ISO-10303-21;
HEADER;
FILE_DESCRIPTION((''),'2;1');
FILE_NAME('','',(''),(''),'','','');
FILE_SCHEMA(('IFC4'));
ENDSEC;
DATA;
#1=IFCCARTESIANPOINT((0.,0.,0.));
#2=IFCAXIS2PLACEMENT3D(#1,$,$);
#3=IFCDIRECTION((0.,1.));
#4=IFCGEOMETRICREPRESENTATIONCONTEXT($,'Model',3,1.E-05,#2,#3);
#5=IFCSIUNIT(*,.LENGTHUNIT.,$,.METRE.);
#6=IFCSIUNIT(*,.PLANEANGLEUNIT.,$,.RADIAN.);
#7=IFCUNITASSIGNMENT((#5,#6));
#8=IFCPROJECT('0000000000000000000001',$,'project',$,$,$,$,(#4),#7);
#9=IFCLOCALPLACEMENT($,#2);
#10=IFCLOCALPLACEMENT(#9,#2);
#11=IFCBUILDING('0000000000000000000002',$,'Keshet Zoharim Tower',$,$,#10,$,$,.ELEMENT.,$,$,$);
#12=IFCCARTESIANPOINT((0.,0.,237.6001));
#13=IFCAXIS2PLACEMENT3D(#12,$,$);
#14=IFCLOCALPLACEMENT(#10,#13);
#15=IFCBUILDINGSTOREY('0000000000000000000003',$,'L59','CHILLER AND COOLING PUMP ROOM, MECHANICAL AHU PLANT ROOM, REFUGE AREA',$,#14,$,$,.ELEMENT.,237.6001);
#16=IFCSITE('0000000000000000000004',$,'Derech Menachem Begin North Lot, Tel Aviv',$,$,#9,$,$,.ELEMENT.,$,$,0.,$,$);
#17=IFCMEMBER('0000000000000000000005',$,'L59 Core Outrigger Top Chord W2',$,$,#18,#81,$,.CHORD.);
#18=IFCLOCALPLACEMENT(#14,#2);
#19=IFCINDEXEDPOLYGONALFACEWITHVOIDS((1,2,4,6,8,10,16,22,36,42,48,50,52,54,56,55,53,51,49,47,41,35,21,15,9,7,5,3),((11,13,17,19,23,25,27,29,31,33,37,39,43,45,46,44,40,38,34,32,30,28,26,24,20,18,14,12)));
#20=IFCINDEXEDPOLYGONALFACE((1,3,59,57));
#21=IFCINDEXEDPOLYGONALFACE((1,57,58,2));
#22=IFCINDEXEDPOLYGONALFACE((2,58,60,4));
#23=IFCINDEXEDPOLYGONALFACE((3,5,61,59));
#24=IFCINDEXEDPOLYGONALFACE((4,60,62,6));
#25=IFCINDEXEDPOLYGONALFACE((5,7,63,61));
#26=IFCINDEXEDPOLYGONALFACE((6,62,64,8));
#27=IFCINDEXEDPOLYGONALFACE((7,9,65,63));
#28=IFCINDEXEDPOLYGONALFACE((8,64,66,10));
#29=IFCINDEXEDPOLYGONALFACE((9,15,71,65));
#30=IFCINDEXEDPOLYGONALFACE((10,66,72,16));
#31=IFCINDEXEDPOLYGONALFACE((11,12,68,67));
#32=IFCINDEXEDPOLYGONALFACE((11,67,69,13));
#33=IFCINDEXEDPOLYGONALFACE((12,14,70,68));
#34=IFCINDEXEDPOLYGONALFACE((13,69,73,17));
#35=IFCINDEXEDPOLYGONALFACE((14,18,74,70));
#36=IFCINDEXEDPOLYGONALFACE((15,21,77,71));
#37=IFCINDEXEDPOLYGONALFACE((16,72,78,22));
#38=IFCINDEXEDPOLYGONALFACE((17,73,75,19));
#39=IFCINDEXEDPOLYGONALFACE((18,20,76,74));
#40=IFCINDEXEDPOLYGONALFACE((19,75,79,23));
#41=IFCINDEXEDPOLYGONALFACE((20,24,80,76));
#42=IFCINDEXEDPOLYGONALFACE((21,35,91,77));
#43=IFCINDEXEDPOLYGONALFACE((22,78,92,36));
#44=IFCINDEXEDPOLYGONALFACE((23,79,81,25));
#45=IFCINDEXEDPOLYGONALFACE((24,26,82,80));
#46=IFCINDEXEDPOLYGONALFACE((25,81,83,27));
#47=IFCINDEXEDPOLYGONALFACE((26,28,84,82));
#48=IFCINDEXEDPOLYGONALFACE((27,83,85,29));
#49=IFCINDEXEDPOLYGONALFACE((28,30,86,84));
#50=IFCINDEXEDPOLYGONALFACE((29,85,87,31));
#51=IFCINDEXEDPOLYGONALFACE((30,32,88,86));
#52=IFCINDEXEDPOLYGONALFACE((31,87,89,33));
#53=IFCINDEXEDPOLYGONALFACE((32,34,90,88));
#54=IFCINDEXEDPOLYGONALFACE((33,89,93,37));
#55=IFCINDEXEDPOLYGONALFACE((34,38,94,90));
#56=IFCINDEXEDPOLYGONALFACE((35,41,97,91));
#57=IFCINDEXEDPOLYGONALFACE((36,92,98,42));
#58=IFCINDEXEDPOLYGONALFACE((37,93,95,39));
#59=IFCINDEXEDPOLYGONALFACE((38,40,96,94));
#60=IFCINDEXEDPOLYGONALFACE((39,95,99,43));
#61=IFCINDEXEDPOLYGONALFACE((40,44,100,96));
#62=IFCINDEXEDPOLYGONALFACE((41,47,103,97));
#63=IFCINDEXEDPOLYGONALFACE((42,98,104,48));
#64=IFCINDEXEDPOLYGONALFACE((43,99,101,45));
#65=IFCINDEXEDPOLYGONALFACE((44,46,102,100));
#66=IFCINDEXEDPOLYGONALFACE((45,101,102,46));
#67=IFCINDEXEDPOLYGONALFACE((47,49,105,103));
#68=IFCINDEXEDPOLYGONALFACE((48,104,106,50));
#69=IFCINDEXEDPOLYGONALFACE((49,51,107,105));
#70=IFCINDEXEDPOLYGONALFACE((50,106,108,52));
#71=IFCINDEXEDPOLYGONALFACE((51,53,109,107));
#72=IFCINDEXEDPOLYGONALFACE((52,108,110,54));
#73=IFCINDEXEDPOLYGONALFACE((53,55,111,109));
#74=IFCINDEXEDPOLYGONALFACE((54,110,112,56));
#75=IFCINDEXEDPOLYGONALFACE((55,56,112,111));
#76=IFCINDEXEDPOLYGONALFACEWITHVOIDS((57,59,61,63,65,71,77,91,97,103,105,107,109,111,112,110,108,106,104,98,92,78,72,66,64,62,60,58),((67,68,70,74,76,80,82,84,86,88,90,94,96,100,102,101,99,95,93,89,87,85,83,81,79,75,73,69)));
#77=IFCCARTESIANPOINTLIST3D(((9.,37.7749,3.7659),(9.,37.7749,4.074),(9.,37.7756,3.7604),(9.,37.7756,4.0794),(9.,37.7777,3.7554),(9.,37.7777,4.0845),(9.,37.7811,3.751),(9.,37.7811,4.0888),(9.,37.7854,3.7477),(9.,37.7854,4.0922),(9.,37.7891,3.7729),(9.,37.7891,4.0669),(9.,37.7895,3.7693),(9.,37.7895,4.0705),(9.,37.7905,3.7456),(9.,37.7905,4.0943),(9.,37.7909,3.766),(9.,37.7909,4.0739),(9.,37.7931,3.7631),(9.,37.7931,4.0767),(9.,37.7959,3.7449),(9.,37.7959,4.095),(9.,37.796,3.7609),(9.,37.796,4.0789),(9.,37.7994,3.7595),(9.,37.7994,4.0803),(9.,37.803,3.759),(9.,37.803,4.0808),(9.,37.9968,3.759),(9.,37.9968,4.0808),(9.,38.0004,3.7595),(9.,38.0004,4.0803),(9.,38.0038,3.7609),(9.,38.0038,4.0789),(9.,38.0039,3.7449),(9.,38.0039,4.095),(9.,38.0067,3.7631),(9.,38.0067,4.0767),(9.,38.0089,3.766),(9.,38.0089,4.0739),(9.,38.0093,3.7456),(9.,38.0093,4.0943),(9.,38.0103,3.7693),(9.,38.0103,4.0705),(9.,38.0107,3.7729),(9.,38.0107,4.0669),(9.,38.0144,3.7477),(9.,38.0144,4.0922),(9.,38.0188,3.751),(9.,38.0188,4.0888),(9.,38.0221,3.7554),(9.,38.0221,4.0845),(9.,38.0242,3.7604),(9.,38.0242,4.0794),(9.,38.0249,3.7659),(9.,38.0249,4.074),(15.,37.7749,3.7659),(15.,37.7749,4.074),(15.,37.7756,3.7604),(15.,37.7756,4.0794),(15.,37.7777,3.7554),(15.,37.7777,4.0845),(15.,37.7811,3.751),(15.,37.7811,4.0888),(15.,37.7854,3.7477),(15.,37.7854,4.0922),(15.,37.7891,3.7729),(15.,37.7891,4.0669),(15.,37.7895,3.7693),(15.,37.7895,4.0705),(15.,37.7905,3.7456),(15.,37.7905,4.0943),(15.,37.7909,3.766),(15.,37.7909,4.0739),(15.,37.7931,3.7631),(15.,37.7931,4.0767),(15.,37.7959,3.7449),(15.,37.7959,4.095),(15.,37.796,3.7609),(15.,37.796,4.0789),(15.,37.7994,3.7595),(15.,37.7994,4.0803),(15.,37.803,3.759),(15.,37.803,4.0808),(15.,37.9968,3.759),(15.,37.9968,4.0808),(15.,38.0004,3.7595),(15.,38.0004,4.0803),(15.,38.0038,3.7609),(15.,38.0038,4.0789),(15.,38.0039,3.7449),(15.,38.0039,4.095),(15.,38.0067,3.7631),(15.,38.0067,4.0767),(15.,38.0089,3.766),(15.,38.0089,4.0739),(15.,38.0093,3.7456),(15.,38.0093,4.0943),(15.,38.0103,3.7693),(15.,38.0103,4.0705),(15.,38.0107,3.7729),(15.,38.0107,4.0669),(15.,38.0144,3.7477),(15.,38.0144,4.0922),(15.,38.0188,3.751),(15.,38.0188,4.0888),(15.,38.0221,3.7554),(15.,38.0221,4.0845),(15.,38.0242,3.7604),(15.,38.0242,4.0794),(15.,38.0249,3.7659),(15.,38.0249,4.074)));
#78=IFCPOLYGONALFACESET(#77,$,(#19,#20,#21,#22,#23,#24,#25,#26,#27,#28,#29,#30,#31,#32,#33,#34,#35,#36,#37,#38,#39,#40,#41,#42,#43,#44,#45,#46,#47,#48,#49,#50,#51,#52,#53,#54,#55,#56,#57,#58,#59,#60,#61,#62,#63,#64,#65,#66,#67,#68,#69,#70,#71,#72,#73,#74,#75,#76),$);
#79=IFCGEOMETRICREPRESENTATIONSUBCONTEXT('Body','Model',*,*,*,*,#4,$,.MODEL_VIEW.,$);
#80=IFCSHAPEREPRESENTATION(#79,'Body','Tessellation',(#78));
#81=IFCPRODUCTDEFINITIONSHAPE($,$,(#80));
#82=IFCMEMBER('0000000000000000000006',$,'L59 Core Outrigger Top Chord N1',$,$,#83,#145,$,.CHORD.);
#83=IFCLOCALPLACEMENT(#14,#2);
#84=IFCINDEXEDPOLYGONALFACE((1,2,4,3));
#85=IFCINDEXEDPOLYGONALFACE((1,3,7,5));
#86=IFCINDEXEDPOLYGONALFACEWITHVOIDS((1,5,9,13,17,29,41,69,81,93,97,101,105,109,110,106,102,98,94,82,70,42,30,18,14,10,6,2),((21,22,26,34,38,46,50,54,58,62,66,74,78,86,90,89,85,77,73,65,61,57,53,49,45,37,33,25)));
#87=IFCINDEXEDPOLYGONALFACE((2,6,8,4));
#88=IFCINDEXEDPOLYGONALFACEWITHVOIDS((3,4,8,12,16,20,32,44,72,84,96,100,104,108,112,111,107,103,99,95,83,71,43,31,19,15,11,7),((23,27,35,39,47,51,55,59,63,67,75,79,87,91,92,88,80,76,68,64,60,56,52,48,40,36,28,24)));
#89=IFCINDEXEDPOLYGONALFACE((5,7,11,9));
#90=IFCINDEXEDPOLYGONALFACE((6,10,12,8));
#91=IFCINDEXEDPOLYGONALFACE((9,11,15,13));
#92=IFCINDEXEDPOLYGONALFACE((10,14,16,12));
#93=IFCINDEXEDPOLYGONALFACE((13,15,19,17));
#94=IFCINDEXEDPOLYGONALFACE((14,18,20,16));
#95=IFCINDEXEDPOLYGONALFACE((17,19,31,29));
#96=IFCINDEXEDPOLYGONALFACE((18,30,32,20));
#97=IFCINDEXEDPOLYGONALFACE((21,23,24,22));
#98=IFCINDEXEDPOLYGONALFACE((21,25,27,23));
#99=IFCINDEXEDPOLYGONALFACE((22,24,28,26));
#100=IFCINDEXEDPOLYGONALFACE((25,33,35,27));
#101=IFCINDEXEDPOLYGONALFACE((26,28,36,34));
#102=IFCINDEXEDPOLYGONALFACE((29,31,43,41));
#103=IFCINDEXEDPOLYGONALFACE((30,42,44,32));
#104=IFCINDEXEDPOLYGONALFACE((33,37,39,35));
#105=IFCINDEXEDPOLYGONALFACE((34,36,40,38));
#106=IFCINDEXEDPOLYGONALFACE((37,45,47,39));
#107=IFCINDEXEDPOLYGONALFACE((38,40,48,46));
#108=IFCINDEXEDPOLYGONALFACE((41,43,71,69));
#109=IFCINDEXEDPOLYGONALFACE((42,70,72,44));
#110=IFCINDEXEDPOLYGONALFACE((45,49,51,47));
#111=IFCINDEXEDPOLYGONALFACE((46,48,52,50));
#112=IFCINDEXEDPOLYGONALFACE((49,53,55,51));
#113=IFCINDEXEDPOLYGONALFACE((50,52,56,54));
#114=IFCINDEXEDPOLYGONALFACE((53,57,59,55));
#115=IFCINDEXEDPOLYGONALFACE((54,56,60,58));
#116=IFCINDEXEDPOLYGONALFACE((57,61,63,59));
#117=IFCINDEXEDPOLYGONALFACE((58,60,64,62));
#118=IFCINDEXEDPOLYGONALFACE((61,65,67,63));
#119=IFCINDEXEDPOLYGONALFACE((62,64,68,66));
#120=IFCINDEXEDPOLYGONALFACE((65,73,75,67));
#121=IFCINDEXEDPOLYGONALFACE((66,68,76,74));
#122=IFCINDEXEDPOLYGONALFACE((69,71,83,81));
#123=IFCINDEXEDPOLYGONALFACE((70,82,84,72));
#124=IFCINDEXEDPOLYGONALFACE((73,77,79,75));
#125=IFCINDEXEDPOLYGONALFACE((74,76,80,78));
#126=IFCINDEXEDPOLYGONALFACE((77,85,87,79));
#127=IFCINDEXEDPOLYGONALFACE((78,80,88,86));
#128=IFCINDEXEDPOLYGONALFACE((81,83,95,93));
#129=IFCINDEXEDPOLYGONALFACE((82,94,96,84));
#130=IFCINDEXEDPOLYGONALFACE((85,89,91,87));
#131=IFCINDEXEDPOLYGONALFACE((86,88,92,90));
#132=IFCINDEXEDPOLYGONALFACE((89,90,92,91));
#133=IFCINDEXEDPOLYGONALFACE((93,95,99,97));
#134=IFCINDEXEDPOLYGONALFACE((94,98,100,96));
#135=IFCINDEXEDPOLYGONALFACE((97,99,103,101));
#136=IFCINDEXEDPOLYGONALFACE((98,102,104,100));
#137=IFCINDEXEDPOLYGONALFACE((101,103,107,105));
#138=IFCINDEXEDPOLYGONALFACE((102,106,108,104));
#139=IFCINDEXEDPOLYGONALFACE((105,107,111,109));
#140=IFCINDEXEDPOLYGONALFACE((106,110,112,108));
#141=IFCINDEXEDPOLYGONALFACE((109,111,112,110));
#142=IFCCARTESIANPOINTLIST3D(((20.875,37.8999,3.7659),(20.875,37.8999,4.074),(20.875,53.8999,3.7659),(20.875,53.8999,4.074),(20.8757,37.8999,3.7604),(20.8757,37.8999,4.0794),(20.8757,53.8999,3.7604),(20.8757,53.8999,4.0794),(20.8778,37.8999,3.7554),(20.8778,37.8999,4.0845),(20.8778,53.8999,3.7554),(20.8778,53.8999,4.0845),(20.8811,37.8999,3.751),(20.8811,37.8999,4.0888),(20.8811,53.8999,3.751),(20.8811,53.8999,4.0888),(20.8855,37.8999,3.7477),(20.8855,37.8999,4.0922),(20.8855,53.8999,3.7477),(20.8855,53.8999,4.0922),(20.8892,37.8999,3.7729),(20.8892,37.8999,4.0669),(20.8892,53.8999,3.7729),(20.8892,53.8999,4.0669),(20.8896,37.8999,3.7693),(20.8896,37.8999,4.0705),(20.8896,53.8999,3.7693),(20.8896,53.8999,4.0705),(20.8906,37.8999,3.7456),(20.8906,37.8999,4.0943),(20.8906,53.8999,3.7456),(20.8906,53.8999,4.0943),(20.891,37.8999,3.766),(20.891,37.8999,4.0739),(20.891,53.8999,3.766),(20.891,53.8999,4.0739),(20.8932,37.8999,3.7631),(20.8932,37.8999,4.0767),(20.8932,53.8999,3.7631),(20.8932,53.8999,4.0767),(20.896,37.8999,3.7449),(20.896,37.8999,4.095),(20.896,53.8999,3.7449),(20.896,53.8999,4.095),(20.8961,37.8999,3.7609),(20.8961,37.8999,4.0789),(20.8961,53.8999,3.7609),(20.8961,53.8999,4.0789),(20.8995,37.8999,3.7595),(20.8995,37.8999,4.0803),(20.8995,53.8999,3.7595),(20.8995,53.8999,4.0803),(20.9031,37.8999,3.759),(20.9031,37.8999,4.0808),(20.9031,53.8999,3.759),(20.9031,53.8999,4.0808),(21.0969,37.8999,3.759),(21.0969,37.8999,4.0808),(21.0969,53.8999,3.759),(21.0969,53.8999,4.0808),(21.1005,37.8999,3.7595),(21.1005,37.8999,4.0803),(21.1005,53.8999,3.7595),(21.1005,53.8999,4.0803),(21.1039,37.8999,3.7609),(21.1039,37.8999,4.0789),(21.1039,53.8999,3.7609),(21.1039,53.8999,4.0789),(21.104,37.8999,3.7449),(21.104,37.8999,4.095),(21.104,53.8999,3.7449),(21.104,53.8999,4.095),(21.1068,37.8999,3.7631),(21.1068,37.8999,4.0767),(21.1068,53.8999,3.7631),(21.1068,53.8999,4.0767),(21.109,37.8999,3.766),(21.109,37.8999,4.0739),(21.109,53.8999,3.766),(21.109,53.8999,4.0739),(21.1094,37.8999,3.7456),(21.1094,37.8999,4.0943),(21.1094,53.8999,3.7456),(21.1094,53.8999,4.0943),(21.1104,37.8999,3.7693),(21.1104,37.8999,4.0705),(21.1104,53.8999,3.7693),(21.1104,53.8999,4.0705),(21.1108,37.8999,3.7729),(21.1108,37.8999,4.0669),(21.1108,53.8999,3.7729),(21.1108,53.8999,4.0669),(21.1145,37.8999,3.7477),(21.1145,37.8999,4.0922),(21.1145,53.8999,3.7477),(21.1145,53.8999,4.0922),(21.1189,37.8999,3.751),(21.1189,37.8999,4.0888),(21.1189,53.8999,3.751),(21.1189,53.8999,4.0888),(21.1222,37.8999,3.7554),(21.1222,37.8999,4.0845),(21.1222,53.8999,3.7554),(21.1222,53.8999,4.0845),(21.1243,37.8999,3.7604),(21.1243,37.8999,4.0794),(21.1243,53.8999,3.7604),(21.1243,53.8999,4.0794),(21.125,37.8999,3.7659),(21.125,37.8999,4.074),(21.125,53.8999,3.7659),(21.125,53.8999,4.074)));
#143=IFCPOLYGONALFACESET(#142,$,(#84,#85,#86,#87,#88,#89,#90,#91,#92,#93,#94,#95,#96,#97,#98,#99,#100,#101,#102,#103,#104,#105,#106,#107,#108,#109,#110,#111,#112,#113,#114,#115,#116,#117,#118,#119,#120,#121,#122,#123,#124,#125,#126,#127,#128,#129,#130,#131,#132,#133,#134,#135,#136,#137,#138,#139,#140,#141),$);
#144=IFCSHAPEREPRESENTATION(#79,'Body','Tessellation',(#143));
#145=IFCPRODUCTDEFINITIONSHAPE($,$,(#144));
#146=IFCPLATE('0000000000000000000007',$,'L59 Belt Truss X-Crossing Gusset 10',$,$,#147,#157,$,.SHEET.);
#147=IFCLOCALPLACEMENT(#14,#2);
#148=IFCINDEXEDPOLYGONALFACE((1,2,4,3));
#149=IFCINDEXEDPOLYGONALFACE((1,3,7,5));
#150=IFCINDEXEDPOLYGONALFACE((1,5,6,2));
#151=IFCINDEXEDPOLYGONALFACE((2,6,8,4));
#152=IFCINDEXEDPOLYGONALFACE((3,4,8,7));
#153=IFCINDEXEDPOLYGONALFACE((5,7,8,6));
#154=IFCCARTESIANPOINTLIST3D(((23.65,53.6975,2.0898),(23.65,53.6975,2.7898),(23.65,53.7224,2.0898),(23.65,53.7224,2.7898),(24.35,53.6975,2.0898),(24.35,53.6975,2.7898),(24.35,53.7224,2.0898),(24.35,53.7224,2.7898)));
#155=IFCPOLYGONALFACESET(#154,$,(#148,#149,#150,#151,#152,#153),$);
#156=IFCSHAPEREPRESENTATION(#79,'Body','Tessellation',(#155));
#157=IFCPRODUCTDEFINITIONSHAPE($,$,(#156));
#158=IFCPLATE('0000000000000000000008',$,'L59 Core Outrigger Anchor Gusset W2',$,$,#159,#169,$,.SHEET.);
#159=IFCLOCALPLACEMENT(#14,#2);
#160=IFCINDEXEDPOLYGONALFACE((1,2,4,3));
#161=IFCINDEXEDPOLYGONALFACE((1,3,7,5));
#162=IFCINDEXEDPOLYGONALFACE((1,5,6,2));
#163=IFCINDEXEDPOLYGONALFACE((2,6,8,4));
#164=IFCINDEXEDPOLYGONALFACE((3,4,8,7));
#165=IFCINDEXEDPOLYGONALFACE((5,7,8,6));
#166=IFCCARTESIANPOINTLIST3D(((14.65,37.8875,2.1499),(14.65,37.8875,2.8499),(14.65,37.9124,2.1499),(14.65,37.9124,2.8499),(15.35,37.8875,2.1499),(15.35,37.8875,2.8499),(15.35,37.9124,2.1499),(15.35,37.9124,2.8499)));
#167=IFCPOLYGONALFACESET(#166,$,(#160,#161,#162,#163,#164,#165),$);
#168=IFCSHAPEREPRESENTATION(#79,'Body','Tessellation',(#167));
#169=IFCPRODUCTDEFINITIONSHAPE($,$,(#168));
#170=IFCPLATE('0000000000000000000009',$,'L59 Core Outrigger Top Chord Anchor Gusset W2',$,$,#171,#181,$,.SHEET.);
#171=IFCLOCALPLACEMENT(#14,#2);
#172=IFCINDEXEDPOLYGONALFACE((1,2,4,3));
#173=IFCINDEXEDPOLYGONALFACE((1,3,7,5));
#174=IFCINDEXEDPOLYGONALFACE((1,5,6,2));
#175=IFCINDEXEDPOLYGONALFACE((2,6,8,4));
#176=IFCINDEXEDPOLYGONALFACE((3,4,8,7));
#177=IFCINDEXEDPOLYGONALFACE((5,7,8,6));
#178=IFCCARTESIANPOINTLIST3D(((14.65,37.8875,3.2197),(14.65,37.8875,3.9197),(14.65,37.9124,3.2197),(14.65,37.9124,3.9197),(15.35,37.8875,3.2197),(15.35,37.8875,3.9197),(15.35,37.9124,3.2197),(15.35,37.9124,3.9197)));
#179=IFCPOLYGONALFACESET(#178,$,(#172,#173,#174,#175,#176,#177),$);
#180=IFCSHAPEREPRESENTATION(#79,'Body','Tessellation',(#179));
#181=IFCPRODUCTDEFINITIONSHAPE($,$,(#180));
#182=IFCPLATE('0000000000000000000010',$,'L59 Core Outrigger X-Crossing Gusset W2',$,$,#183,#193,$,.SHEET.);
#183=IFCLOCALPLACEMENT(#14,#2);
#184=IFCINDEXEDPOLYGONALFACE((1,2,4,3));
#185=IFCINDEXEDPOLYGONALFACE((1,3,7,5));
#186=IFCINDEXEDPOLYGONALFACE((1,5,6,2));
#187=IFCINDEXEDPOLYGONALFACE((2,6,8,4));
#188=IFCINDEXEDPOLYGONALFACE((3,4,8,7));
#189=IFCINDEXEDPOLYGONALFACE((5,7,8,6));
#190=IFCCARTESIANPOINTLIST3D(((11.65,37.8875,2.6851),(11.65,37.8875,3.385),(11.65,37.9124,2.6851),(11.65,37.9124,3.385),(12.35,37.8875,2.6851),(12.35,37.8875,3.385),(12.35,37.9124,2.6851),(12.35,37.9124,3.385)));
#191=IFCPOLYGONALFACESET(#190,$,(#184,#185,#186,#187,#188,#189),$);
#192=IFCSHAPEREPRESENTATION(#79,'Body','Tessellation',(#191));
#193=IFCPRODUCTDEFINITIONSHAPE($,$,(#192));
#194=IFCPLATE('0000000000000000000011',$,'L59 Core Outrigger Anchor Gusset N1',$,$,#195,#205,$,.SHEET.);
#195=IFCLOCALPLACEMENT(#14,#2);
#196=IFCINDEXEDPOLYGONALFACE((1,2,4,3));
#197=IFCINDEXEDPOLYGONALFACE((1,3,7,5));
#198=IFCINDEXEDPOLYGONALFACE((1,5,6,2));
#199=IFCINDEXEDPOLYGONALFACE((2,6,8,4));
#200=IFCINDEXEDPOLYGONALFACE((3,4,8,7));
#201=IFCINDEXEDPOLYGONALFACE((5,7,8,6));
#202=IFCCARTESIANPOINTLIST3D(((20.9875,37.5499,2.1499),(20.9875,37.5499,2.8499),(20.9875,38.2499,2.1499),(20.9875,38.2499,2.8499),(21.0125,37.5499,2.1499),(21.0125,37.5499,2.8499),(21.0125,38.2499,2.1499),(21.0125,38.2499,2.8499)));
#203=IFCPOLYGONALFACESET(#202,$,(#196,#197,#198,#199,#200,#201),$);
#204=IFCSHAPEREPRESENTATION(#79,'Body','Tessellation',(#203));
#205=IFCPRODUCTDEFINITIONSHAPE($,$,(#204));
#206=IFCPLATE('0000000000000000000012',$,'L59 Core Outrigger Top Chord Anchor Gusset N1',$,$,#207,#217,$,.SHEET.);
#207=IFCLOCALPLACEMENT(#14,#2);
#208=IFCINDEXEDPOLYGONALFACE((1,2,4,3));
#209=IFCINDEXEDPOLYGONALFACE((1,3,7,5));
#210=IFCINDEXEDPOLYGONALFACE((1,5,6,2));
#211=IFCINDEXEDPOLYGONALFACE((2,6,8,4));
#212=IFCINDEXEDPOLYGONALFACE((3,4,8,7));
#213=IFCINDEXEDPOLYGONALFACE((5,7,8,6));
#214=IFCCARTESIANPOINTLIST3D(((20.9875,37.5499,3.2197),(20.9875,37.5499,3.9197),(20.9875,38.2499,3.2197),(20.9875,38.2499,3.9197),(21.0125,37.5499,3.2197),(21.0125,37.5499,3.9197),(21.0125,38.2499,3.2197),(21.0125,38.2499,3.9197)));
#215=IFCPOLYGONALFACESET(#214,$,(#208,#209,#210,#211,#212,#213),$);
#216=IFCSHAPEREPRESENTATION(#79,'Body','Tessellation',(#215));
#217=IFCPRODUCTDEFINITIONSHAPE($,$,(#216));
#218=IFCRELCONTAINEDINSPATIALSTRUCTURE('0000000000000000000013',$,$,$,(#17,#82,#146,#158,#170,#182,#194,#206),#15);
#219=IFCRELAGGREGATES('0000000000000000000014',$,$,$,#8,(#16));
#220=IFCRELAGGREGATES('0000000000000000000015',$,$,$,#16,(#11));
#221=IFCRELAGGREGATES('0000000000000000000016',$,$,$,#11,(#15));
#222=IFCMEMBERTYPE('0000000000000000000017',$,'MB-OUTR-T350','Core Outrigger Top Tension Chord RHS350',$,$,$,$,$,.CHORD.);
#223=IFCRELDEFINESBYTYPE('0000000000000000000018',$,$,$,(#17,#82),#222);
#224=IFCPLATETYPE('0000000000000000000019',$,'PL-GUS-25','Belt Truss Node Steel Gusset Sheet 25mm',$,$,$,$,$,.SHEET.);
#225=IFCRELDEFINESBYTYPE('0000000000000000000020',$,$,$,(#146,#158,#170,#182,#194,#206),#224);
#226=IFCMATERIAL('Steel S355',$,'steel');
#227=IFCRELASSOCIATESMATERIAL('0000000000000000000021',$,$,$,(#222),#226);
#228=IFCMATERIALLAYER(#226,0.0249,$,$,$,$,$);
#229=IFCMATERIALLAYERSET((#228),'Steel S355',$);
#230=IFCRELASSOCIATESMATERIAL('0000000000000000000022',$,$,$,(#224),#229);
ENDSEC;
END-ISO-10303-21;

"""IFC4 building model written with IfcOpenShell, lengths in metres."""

from ifc_helpers import new_model, si_unit, direction, frame, origin, origin_2d, place, context, subcontext, project, spatial, rectangle, hollow_rectangle, extrude, material, layer, layer_set, material_profile, profile_set, type_object, element, save


model = new_model("IFC4")

# Units and contexts
model_context = context("Model", 3, precision=1e-05, world=origin(), true_north=direction((0.0, 1.0)))
body_context = subcontext(model_context, "Body", "Model", "MODEL_VIEW")
ifc_project = project(units=[si_unit("LENGTHUNIT", "METRE"), si_unit("PLANEANGLEUNIT", "RADIAN")], contexts=[model_context])

# Site, building, storey
site_placement = place(None, origin())
site = spatial("IfcSite", under=ifc_project, at=site_placement, Name="Derech Menachem Begin North Lot, Tel Aviv", CompositionType="ELEMENT", RefElevation=0.0)
building_placement = place(site_placement, origin())
building = spatial("IfcBuilding", under=site, at=building_placement, Name="Keshet Zoharim Tower", CompositionType="ELEMENT")
storey_placement = place(building_placement, frame((0.0, 0.0, 237.6001)))
storey = spatial("IfcBuildingStorey", under=building, at=storey_placement, Name="L59", Description="CHILLER AND COOLING PUMP ROOM, MECHANICAL AHU PLANT ROOM, REFUGE AREA", CompositionType="ELEMENT", Elevation=237.6001)

# Shared definitions
ifc_material_1 = material(Name="Steel S355", Category="steel")

# Members
ifc_material_profile_1 = material_profile(ifc_material_1, hollow_rectangle(XDim=0.25, YDim=0.3501, WallThickness=0.0142, InnerFilletRadius=0.0139, OuterFilletRadius=0.021, at=origin_2d()), Name="RHS350x250x14.2")
ifc_profile_set_1 = profile_set([ifc_material_profile_1], Name="Steel S355")
member_type_1 = type_object("IfcMemberType", Name="MB-OUTR-T350", Description="Core Outrigger Top Tension Chord RHS350", PredefinedType="CHORD", material=ifc_profile_set_1)
member_1_placement = place(storey_placement, frame((15.0, 37.8999, 3.9199), z_axis=(-1.0, 0.0, 0.0), x_axis=(0.0, -1.0, 0.0)))
element("IfcMember", 1, at=member_1_placement, inside=storey, type_object=member_type_1, Name="L59 Core Outrigger Top Chord W2", PredefinedType="CHORD", context=body_context, shape_type="SweptSolid", body=[
    extrude(hollow_rectangle(XDim=0.25, YDim=0.3501, WallThickness=0.0142, InnerFilletRadius=0.0139, OuterFilletRadius=0.021, at=origin_2d()), origin(), (0.0, 0.0, 1.0), 6.0),
])
member_2_placement = place(storey_placement, frame((21.0, 37.8999, 3.9199), z_axis=(0.0, 1.0, 0.0), x_axis=(-1.0, 0.0, 0.0)))
element("IfcMember", 2, at=member_2_placement, inside=storey, type_object=member_type_1, Name="L59 Core Outrigger Top Chord N1", PredefinedType="CHORD", context=body_context, shape_type="SweptSolid", body=[
    extrude(hollow_rectangle(XDim=0.25, YDim=0.3501, WallThickness=0.0142, InnerFilletRadius=0.0139, OuterFilletRadius=0.021, at=origin_2d()), origin(), (0.0, 0.0, 1.0), 16.0),
])

# Plates
ifc_layer_1 = layer(ifc_material_1, 0.0249)
ifc_layer_set_1 = layer_set([ifc_layer_1], Name="Steel S355")
plate_type = type_object("IfcPlateType", Name="PL-GUS-25", Description="Belt Truss Node Steel Gusset Sheet 25mm", PredefinedType="SHEET", material=ifc_layer_set_1)
for number, where, z_axis, x_axis, name in (
    (3, (24.0, 53.71, 2.0898), (0.0, 0.0, 1.0), (1.0, 0.0, 0.0), "L59 Belt Truss X-Crossing Gusset 10"),
    (4, (15.0, 37.8999, 2.1499), (0.0, 0.0, 1.0), (1.0, 0.0, 0.0), "L59 Core Outrigger Anchor Gusset W2"),
    (5, (15.0, 37.8999, 3.2197), (0.0, 0.0, 1.0), (1.0, 0.0, 0.0), "L59 Core Outrigger Top Chord Anchor Gusset W2"),
    (6, (12.0, 37.8999, 2.6851), (0.0, 0.0, 1.0), (1.0, 0.0, 0.0), "L59 Core Outrigger X-Crossing Gusset W2"),
    (7, (21.0, 37.8999, 2.1499), (0.0, 0.0, 1.0), (0.0, 1.0, 0.0), "L59 Core Outrigger Anchor Gusset N1"),
    (8, (21.0, 37.8999, 3.2197), (0.0, 0.0, 1.0), (0.0, 1.0, 0.0), "L59 Core Outrigger Top Chord Anchor Gusset N1"),
):
    element("IfcPlate", number, at=place(storey_placement, frame(where, z_axis=z_axis, x_axis=x_axis)), inside=storey, type_object=plate_type, Name=name, PredefinedType="SHEET", context=body_context, shape_type="SweptSolid", body=[
        extrude(rectangle(XDim=0.7, YDim=0.0249, at=origin_2d()), origin(), (0.0, 0.0, 1.0), 0.7),
    ])

save(model, "model.ifc")
